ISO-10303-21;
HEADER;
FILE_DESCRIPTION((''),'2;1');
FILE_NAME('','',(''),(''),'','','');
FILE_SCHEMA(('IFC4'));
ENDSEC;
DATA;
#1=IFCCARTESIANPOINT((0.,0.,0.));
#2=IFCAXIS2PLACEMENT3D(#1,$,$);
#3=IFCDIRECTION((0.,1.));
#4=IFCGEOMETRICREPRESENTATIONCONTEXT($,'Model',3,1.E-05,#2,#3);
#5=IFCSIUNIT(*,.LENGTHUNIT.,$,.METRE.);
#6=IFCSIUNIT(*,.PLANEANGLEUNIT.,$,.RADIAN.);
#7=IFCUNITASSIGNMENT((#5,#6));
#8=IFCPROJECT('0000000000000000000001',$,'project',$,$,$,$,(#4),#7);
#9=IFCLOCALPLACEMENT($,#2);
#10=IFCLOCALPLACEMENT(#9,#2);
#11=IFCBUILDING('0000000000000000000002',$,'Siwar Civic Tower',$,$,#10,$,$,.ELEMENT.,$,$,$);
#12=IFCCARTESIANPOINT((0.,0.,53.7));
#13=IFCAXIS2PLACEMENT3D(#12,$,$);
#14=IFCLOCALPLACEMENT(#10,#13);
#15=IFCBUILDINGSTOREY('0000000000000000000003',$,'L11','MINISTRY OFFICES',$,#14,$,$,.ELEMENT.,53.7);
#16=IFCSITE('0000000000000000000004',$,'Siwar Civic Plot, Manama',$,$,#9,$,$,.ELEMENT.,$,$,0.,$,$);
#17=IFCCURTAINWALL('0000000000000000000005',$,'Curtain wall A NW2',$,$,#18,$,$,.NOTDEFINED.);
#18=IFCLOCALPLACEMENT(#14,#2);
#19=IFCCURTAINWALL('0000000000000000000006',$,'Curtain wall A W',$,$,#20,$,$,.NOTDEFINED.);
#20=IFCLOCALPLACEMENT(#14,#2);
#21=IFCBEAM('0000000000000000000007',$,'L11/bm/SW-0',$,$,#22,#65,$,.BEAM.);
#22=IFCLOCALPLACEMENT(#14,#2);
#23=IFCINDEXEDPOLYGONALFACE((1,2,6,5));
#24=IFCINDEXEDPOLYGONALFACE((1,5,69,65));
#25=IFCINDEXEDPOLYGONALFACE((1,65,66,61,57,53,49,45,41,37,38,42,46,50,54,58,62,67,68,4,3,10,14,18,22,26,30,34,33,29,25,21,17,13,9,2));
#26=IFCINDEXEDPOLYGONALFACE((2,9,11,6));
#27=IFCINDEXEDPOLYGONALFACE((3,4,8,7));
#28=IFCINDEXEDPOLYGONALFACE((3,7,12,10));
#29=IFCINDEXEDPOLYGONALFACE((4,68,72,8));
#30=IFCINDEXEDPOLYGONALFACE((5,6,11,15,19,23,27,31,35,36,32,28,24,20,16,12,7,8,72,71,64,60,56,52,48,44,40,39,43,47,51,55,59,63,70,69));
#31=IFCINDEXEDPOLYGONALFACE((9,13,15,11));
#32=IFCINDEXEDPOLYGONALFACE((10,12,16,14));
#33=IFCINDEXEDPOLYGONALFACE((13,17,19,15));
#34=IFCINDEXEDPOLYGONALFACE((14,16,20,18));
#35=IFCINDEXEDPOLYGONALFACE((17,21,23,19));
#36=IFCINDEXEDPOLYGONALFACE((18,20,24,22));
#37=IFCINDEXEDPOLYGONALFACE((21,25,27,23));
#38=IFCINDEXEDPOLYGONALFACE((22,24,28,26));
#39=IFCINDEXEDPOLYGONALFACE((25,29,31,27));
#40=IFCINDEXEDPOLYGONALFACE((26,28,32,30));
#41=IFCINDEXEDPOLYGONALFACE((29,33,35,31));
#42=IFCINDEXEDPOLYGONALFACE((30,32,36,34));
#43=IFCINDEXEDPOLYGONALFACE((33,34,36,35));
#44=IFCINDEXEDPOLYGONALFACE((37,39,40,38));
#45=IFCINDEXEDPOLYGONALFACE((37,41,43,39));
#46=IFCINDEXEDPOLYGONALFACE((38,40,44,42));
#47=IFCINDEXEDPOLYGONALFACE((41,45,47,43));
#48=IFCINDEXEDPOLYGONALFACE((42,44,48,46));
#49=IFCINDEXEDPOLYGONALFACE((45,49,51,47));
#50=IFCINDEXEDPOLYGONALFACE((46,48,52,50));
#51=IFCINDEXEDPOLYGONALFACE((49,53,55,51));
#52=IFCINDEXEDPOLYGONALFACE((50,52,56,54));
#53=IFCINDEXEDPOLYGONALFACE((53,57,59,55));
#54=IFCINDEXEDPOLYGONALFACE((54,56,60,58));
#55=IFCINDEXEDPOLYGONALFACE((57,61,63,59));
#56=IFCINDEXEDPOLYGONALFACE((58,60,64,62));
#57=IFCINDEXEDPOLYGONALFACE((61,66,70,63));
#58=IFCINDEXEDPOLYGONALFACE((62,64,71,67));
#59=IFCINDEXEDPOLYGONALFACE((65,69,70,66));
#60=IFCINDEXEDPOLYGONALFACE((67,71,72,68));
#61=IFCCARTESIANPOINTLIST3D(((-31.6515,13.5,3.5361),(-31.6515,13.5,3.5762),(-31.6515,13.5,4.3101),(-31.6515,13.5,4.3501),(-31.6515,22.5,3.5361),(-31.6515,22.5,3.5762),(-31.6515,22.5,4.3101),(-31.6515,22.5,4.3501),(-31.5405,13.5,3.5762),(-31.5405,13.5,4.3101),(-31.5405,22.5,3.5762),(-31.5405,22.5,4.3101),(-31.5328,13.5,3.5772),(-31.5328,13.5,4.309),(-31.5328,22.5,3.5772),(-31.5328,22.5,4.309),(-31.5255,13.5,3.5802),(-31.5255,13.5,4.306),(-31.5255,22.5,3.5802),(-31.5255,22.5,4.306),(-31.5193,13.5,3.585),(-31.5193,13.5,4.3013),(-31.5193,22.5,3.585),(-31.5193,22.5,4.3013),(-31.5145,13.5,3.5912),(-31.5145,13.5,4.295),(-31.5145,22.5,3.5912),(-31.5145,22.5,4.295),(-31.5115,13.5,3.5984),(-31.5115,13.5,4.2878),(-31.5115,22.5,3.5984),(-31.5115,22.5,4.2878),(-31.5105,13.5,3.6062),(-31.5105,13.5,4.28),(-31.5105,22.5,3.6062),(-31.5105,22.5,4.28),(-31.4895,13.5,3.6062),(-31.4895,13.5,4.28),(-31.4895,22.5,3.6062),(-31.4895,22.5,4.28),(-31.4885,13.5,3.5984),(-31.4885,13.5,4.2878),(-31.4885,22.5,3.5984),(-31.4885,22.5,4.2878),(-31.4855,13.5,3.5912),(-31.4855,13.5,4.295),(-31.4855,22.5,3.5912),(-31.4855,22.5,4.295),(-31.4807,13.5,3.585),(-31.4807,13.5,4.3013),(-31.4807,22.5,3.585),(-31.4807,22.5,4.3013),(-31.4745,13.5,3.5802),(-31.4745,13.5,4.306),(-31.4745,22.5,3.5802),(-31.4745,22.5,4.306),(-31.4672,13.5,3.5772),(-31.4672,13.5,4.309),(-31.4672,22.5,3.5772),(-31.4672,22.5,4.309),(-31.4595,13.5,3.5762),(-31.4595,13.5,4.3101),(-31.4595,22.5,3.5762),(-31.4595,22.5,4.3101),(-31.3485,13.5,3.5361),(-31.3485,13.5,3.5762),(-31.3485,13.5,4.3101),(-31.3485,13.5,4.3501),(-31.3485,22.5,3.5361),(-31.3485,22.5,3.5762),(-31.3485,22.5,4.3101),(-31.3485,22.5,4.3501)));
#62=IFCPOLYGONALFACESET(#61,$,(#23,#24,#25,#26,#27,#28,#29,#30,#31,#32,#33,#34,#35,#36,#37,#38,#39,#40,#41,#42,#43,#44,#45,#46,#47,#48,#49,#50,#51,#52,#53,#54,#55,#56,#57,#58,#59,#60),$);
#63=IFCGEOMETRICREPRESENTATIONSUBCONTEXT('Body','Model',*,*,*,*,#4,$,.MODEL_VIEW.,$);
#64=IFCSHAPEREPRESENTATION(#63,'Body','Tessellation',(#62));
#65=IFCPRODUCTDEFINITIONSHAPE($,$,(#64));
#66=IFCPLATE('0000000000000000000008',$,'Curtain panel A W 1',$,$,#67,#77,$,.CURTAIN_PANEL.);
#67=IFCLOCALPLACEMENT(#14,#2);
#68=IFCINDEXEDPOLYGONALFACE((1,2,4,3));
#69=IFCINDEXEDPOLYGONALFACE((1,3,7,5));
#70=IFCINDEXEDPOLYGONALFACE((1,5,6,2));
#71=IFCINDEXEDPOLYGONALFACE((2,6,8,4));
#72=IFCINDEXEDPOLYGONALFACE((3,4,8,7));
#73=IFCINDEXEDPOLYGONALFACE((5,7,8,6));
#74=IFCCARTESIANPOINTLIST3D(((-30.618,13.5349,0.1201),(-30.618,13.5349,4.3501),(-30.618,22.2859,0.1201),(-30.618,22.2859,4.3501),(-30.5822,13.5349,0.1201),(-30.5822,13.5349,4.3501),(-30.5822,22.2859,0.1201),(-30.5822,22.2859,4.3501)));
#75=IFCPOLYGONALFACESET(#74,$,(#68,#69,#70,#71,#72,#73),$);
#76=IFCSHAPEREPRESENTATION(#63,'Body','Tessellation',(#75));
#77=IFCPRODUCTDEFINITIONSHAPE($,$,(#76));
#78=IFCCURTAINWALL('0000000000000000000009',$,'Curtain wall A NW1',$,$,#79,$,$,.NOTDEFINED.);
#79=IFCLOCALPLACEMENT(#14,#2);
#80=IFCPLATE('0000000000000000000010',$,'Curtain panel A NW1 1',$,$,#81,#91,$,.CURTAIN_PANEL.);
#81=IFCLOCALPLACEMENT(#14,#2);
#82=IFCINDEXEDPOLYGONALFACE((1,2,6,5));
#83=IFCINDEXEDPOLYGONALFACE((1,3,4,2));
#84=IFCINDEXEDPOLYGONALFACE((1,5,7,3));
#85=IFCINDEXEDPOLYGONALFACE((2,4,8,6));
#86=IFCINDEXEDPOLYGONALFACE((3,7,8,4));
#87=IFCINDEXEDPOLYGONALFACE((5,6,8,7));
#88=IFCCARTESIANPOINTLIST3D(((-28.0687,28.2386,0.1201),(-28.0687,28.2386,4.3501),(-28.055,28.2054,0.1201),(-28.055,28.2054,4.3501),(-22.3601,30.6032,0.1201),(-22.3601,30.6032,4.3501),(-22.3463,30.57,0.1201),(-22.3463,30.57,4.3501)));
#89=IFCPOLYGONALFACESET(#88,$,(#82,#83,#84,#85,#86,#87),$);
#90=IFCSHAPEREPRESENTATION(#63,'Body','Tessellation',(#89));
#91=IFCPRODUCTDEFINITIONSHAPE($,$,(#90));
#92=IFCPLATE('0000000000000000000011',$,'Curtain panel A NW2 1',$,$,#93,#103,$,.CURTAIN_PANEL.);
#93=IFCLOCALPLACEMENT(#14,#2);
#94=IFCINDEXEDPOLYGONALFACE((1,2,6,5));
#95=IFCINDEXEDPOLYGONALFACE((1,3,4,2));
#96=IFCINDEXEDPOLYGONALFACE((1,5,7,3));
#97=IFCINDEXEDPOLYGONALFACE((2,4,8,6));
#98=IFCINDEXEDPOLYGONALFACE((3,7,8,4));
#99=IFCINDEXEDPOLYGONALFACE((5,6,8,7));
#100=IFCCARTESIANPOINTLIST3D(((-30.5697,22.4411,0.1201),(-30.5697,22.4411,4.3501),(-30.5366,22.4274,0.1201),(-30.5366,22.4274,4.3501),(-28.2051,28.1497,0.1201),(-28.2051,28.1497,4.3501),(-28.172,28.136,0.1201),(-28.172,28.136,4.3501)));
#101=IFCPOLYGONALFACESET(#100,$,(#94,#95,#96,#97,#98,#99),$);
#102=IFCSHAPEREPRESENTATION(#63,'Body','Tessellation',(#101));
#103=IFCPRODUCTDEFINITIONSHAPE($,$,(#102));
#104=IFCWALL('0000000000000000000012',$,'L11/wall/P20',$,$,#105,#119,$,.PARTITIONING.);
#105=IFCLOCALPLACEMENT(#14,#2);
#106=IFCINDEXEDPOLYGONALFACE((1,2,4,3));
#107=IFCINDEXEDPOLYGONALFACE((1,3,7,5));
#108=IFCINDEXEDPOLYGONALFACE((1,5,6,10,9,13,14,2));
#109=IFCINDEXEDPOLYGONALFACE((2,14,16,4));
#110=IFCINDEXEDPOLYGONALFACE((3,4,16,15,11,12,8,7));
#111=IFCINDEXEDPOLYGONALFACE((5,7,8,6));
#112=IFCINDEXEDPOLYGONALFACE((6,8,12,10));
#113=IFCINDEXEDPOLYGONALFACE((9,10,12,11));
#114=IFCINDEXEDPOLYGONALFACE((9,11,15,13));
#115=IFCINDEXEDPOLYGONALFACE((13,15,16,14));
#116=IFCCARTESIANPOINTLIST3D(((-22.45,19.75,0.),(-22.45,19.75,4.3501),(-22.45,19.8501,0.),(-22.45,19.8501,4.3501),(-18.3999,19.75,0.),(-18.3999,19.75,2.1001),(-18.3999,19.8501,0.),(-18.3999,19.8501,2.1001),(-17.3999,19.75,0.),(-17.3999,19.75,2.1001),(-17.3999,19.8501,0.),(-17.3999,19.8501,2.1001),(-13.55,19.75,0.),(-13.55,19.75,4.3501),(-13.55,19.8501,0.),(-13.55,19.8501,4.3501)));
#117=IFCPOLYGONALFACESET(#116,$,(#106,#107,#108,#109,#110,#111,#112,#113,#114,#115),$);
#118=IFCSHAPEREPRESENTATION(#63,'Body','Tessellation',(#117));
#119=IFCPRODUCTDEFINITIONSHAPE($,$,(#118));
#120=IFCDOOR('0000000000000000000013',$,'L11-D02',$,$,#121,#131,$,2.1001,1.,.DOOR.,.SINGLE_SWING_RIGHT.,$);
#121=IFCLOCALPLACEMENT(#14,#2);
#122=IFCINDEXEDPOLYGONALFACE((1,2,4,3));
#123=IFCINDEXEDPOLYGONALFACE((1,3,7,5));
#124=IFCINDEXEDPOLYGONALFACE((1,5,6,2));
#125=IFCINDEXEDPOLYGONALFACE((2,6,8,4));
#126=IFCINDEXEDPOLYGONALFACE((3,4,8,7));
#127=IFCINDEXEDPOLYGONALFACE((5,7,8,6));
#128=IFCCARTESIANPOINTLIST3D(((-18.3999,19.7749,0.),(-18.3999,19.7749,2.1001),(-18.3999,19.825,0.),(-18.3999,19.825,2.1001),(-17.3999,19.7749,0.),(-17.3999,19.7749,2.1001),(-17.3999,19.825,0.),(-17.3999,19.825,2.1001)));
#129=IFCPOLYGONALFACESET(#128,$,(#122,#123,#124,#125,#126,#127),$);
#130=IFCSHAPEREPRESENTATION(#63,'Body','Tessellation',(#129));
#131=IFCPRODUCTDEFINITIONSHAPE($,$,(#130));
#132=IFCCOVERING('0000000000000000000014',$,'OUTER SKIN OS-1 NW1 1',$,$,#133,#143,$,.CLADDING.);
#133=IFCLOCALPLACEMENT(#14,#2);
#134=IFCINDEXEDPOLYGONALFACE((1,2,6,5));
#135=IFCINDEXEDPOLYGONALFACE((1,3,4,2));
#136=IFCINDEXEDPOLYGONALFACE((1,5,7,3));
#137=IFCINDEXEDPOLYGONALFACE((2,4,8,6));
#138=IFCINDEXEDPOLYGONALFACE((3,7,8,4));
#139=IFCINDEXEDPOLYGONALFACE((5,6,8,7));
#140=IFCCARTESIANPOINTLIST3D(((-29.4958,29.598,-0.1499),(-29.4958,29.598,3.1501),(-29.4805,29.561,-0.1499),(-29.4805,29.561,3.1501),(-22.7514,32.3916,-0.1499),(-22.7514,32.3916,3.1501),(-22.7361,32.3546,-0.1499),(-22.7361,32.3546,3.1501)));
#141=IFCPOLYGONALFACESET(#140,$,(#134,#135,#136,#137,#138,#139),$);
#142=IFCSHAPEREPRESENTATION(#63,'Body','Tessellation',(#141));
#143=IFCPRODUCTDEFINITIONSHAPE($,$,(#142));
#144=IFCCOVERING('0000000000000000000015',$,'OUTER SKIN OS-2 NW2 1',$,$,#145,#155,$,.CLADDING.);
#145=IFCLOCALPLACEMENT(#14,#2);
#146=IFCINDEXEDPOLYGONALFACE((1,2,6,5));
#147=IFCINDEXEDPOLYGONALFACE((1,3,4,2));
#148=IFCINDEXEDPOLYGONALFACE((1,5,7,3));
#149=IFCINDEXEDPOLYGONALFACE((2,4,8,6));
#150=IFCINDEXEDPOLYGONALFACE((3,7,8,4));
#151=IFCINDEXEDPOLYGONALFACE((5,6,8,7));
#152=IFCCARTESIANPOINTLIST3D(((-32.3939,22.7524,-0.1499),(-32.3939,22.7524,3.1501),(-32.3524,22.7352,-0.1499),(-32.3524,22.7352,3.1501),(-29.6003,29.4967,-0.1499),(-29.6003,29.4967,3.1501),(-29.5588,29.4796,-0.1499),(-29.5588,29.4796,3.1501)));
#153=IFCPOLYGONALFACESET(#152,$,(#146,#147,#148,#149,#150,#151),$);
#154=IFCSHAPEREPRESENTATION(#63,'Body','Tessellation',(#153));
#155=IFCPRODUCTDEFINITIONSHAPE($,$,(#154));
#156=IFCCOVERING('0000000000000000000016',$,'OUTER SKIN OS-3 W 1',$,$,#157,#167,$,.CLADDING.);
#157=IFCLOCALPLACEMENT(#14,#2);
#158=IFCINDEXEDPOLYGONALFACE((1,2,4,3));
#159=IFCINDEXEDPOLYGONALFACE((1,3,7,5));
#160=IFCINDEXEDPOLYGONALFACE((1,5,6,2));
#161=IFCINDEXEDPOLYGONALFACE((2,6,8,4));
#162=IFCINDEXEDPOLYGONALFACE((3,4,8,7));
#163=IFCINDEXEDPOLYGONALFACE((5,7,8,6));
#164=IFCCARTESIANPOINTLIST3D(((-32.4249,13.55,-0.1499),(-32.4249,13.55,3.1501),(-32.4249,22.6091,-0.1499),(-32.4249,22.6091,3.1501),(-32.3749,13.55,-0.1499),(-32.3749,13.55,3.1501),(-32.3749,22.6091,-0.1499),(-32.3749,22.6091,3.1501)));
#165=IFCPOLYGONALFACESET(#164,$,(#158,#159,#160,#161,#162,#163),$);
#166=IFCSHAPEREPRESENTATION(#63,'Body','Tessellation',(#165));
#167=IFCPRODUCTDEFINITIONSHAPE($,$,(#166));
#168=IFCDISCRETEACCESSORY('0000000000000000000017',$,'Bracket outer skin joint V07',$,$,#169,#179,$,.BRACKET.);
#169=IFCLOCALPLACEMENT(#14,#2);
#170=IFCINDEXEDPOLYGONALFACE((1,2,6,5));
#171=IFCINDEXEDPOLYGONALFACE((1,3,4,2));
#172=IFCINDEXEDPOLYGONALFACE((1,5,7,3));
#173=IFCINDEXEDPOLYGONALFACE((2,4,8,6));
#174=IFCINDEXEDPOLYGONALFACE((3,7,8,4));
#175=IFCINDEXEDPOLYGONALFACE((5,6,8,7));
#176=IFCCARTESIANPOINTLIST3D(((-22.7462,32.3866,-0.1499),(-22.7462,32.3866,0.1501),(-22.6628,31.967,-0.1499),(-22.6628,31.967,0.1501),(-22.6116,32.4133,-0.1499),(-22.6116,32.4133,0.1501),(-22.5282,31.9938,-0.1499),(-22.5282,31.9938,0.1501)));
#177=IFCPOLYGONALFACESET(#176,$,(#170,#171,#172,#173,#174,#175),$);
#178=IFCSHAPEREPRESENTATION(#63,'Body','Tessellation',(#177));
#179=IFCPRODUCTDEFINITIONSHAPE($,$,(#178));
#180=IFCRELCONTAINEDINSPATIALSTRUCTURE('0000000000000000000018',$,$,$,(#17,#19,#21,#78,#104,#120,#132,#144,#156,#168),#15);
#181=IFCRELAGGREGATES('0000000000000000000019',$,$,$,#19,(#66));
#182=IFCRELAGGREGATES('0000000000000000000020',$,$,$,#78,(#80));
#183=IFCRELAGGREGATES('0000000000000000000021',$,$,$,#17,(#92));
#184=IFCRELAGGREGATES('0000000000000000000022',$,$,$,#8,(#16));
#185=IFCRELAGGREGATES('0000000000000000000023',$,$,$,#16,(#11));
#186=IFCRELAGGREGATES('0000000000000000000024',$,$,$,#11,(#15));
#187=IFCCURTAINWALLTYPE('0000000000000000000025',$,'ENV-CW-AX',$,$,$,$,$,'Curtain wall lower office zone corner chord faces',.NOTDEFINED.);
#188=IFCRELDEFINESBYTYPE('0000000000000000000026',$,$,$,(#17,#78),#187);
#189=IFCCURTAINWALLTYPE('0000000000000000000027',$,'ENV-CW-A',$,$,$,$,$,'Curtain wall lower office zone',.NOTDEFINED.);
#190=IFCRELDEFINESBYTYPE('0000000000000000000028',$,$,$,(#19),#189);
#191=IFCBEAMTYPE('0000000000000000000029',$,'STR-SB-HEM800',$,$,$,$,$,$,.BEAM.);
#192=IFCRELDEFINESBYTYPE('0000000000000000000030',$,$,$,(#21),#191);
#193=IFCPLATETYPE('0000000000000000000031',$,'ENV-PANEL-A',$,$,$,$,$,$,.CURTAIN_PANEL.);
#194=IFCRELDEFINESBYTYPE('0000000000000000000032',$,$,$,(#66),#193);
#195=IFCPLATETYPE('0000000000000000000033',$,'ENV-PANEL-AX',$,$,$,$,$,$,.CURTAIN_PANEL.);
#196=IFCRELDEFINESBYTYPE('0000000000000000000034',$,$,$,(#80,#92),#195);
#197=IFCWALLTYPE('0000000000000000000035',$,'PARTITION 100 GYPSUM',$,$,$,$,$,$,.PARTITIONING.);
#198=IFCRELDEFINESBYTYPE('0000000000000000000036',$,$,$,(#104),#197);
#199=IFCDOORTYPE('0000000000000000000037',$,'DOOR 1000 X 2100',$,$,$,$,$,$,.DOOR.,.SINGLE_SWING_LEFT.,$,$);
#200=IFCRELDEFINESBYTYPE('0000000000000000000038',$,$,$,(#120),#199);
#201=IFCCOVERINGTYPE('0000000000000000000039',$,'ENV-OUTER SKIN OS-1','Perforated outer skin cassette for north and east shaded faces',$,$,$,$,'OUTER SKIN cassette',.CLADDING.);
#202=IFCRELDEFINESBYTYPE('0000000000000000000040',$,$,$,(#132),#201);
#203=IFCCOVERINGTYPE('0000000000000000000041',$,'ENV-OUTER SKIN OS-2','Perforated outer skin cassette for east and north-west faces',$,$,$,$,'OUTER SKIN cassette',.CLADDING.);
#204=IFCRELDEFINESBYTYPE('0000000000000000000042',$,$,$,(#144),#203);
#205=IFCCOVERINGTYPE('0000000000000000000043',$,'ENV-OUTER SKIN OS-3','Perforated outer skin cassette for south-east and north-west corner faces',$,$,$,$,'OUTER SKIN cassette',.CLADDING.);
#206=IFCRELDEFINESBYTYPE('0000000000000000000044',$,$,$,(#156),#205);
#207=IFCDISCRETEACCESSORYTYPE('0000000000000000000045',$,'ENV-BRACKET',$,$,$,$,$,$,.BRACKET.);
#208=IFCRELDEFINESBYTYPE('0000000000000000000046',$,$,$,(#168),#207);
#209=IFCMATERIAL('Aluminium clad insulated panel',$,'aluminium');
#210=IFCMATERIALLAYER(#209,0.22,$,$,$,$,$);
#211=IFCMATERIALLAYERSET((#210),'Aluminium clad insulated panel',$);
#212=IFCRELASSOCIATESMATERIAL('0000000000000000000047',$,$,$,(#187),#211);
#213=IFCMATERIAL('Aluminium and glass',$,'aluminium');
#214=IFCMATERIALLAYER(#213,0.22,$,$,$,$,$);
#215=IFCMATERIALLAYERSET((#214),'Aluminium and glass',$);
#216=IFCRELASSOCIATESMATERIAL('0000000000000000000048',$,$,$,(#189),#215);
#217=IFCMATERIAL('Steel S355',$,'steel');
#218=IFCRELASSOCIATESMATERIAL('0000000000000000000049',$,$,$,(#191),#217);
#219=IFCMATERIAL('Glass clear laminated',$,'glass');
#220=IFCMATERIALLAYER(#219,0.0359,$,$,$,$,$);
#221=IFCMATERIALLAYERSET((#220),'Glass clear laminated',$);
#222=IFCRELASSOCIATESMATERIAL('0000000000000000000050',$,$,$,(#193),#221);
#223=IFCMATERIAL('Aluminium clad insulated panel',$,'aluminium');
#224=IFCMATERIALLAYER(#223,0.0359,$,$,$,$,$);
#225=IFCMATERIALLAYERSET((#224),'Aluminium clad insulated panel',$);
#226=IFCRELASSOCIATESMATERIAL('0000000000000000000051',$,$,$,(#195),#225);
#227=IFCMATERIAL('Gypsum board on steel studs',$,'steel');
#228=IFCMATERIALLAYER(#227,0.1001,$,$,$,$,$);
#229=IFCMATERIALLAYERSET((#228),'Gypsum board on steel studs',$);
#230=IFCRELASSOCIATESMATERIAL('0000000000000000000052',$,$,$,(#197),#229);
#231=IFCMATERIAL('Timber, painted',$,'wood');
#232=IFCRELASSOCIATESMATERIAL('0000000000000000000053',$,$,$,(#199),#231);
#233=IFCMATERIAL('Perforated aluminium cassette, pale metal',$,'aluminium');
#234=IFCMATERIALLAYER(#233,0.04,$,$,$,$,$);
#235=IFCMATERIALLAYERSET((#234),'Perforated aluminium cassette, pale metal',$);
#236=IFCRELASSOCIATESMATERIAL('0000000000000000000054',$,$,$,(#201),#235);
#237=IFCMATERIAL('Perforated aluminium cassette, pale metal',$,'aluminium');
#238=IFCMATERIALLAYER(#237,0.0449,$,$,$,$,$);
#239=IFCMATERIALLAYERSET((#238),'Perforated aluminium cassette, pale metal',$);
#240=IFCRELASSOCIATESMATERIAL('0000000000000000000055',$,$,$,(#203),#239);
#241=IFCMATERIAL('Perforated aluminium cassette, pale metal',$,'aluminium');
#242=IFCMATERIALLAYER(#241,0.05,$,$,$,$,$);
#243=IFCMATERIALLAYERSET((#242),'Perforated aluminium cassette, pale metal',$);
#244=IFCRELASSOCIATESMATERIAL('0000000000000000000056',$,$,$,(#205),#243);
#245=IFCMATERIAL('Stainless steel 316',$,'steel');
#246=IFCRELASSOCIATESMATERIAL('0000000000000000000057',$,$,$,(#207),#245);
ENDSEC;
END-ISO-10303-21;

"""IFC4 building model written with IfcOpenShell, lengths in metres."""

from ifc_helpers import new_model, si_unit, direction, frame, frame_2d, origin, origin_2d, place, context, subcontext, project, spatial, rectangle, i_section, extrude, material, layer, layer_set, material_profile, profile_set, type_object, element, fill, aggregate, save


model = new_model("IFC4")

# Units and contexts
model_context = context("Model", 3, precision=1e-05, world=origin(), true_north=direction((0.0, 1.0)))
body_context = subcontext(model_context, "Body", "Model", "MODEL_VIEW")
ifc_project = project(units=[si_unit("LENGTHUNIT", "METRE"), si_unit("PLANEANGLEUNIT", "RADIAN")], contexts=[model_context])

# Site, building, storey
site_placement = place(None, origin())
site = spatial("IfcSite", under=ifc_project, at=site_placement, Name="Siwar Civic Plot, Manama", CompositionType="ELEMENT", RefElevation=0.0)
building_placement = place(site_placement, origin())
building = spatial("IfcBuilding", under=site, at=building_placement, Name="Siwar Civic Tower", CompositionType="ELEMENT")
storey_placement = place(building_placement, frame((0.0, 0.0, 53.7)))
storey = spatial("IfcBuildingStorey", under=building, at=storey_placement, Name="L11", Description="MINISTRY OFFICES", CompositionType="ELEMENT", Elevation=53.7)

# Curtain walls
ifc_material_1 = material(Name="Aluminium clad insulated panel", Category="aluminium")
ifc_layer_1 = layer(ifc_material_1, 0.22)
ifc_layer_set_1 = layer_set([ifc_layer_1], Name="Aluminium clad insulated panel")
curtain_wall_type_1 = type_object("IfcCurtainWallType", Name="ENV-CW-AX", ElementType="Curtain wall lower office zone corner chord faces", PredefinedType="NOTDEFINED", material=ifc_layer_set_1)
curtain_wall_1_placement = place(storey_placement, origin())
curtain_wall_1 = element("IfcCurtainWall", 1, at=curtain_wall_1_placement, inside=storey, type_object=curtain_wall_type_1, Name="Curtain wall A NW2", PredefinedType="NOTDEFINED")
ifc_material_2 = material(Name="Aluminium and glass", Category="aluminium")
ifc_layer_2 = layer(ifc_material_2, 0.22)
ifc_layer_set_2 = layer_set([ifc_layer_2], Name="Aluminium and glass")
curtain_wall_type_2 = type_object("IfcCurtainWallType", Name="ENV-CW-A", ElementType="Curtain wall lower office zone", PredefinedType="NOTDEFINED", material=ifc_layer_set_2)
curtain_wall_2_placement = place(storey_placement, origin())
curtain_wall_2 = element("IfcCurtainWall", 2, at=curtain_wall_2_placement, inside=storey, type_object=curtain_wall_type_2, Name="Curtain wall A W", PredefinedType="NOTDEFINED")

# Beam
ifc_material_3 = material(Name="Steel S355", Category="steel")
ifc_material_profile_1 = material_profile(ifc_material_3, i_section(OverallWidth=0.303, OverallDepth=0.814, WebThickness=0.021, FlangeThickness=0.04, FilletRadius=0.03, at=origin_2d()), Name="HEM800")
ifc_profile_set_1 = profile_set([ifc_material_profile_1], Name="Steel S355")
beam_type_1 = type_object("IfcBeamType", Name="STR-SB-HEM800", PredefinedType="BEAM", material=ifc_profile_set_1)
beam_1_placement = place(storey_placement, frame((-31.5, 22.5, 3.9431), z_axis=(0.0, -1.0, 0.0), x_axis=(1.0, 0.0, 0.0)))
element("IfcBeam", 3, at=beam_1_placement, inside=storey, type_object=beam_type_1, Name="L11/bm/SW-0", PredefinedType="BEAM", context=body_context, shape_type="SweptSolid", body=[
    extrude(i_section(OverallWidth=0.303, OverallDepth=0.814, WebThickness=0.021, FlangeThickness=0.04, FilletRadius=0.03, at=origin_2d()), origin(), (0.0, 0.0, 1.0), 9.0),
])

# Plate
ifc_material_4 = material(Name="Glass clear laminated", Category="glass")
ifc_layer_3 = layer(ifc_material_4, 0.0359)
ifc_layer_set_3 = layer_set([ifc_layer_3], Name="Glass clear laminated")
plate_type_1 = type_object("IfcPlateType", Name="ENV-PANEL-A", PredefinedType="CURTAIN_PANEL", material=ifc_layer_set_3)
plate_1_placement = place(storey_placement, frame((-30.6001, 17.9104, 0.1201), z_axis=(0.0, 0.0, 1.0), x_axis=(0.0, -1.0, 0.0)))
plate_1 = element("IfcPlate", 4, at=plate_1_placement, type_object=plate_type_1, Name="Curtain panel A W 1", PredefinedType="CURTAIN_PANEL", context=body_context, shape_type="SweptSolid", body=[
    extrude(rectangle(XDim=8.751, YDim=0.0359, at=origin_2d()), origin(), (0.0, 0.0, 1.0), 4.23),
])
aggregate(curtain_wall_2, [plate_1])

# Curtain wall, plate
curtain_wall_3_placement = place(storey_placement, origin())
curtain_wall_3 = element("IfcCurtainWall", 5, at=curtain_wall_3_placement, inside=storey, type_object=curtain_wall_type_1, Name="Curtain wall A NW1", PredefinedType="NOTDEFINED")
ifc_material_5 = material(Name="Aluminium clad insulated panel", Category="aluminium")
ifc_layer_4 = layer(ifc_material_5, 0.0359)
ifc_layer_set_4 = layer_set([ifc_layer_4], Name="Aluminium clad insulated panel")
plate_type_2 = type_object("IfcPlateType", Name="ENV-PANEL-AX", PredefinedType="CURTAIN_PANEL", material=ifc_layer_set_4)
plate_2_placement = place(storey_placement, frame((-25.2075, 29.4043, 0.1201), z_axis=(0.0, 0.0, 1.0), x_axis=(-0.92388, -0.382683, 0.0)))
plate_2 = element("IfcPlate", 6, at=plate_2_placement, type_object=plate_type_2, Name="Curtain panel A NW1 1", PredefinedType="CURTAIN_PANEL", context=body_context, shape_type="SweptSolid", body=[
    extrude(rectangle(XDim=6.179, YDim=0.0359, at=origin_2d()), origin(), (0.0, 0.0, 1.0), 4.23),
])
aggregate(curtain_wall_3, [plate_2])

# Plate
plate_3_placement = place(storey_placement, frame((-29.3708, 25.2886, 0.1201), z_axis=(0.0, 0.0, 1.0), x_axis=(-0.382683, -0.92388, 0.0)))
plate_3 = element("IfcPlate", 7, at=plate_3_placement, type_object=plate_type_2, Name="Curtain panel A NW2 1", PredefinedType="CURTAIN_PANEL", context=body_context, shape_type="SweptSolid", body=[
    extrude(rectangle(XDim=6.179, YDim=0.0359, at=origin_2d()), origin(), (0.0, 0.0, 1.0), 4.23),
])
aggregate(curtain_wall_1, [plate_3])

# Wall, opening, door
ifc_material_6 = material(Name="Gypsum board on steel studs", Category="steel")
ifc_layer_5 = layer(ifc_material_6, 0.1001)
ifc_layer_set_5 = layer_set([ifc_layer_5], Name="Gypsum board on steel studs")
wall_type = type_object("IfcWallType", Name="PARTITION 100 GYPSUM", PredefinedType="PARTITIONING", material=ifc_layer_set_5)
wall_placement = place(storey_placement, frame((-22.45, 19.8, 0.0), z_axis=(0.0, 0.0, 1.0), x_axis=(1.0, 0.0, 0.0)))
wall = element("IfcWall", 8, at=wall_placement, inside=storey, type_object=wall_type, Name="L11/wall/P20", PredefinedType="PARTITIONING", context=body_context, shape_type="SweptSolid", body=[
    extrude(rectangle(XDim=8.8999, YDim=0.1001, at=frame_2d((4.45, 0.0))), origin(), (0.0, 0.0, 1.0), 4.3501),
])
opening_placement = place(wall_placement, frame((4.05, 0.0, 0.0)))
opening = element("IfcOpeningElement", 9, at=opening_placement, cuts=wall, PredefinedType="OPENING", context=body_context, shape_type="SweptSolid", body=[
    extrude(rectangle(XDim=1.0, YDim=2.1001, at=frame_2d((0.5, 1.05))), frame((0.0, 0.0601, 0.0), z_axis=(0.0, -1.0, 0.0), x_axis=(1.0, 0.0, 0.0)), (0.0, 0.0, 1.0), 0.1201),
])
ifc_material_7 = material(Name="Timber, painted", Category="wood")
door_type = type_object("IfcDoorType", Name="DOOR 1000 X 2100", OperationType="SINGLE_SWING_LEFT", PredefinedType="DOOR", material=ifc_material_7)
door_placement = place(opening_placement, origin())
door = element("IfcDoor", 10, at=door_placement, inside=storey, type_object=door_type, Name="L11-D02", OperationType="SINGLE_SWING_RIGHT", OverallHeight=2.1001, OverallWidth=1.0, PredefinedType="DOOR", context=body_context, shape_type="SweptSolid", body=[
    extrude(rectangle(XDim=1.0, YDim=2.1001, at=frame_2d((0.5, 1.05))), frame((0.0, 0.0249, 0.0), z_axis=(0.0, -1.0, 0.0), x_axis=(1.0, 0.0, 0.0)), (0.0, 0.0, 1.0), 0.05),
])
fill(opening, door)

# Coverings
ifc_material_8 = material(Name="Perforated aluminium cassette, pale metal", Category="aluminium")
ifc_layer_6 = layer(ifc_material_8, 0.04)
ifc_layer_set_6 = layer_set([ifc_layer_6], Name="Perforated aluminium cassette, pale metal")
covering_type_1 = type_object("IfcCoveringType", Name="ENV-OUTER SKIN OS-1", Description="Perforated outer skin cassette for north and east shaded faces", ElementType="OUTER SKIN cassette", PredefinedType="CLADDING", material=ifc_layer_set_6)
covering_1_placement = place(storey_placement, frame((-26.116, 30.9763, -0.1499), z_axis=(0.0, 0.0, 1.0), x_axis=(-0.92388, -0.382683, 0.0)))
element("IfcCovering", 11, at=covering_1_placement, inside=storey, type_object=covering_type_1, Name="OUTER SKIN OS-1 NW1 1", PredefinedType="CLADDING", context=body_context, shape_type="SweptSolid", body=[
    extrude(rectangle(XDim=7.3, YDim=0.04, at=origin_2d()), origin(), (0.0, 0.0, 1.0), 3.3),
])
ifc_material_9 = material(Name="Perforated aluminium cassette, pale metal", Category="aluminium")
ifc_layer_7 = layer(ifc_material_9, 0.0449)
ifc_layer_set_7 = layer_set([ifc_layer_7], Name="Perforated aluminium cassette, pale metal")
covering_type_2 = type_object("IfcCoveringType", Name="ENV-OUTER SKIN OS-2", Description="Perforated outer skin cassette for east and north-west faces", ElementType="OUTER SKIN cassette", PredefinedType="CLADDING", material=ifc_layer_set_7)
covering_2_placement = place(storey_placement, frame((-30.9763, 26.116, -0.1499), z_axis=(0.0, 0.0, 1.0), x_axis=(-0.382683, -0.92388, 0.0)))
element("IfcCovering", 12, at=covering_2_placement, inside=storey, type_object=covering_type_2, Name="OUTER SKIN OS-2 NW2 1", PredefinedType="CLADDING", context=body_context, shape_type="SweptSolid", body=[
    extrude(rectangle(XDim=7.3, YDim=0.0449, at=origin_2d()), origin(), (0.0, 0.0, 1.0), 3.3),
])
ifc_material_10 = material(Name="Perforated aluminium cassette, pale metal", Category="aluminium")
ifc_layer_8 = layer(ifc_material_10, 0.05)
ifc_layer_set_8 = layer_set([ifc_layer_8], Name="Perforated aluminium cassette, pale metal")
covering_type_3 = type_object("IfcCoveringType", Name="ENV-OUTER SKIN OS-3", Description="Perforated outer skin cassette for south-east and north-west corner faces", ElementType="OUTER SKIN cassette", PredefinedType="CLADDING", material=ifc_layer_set_8)
covering_3_placement = place(storey_placement, frame((-32.3999, 18.0796, -0.1499), z_axis=(0.0, 0.0, 1.0), x_axis=(0.0, -1.0, 0.0)))
element("IfcCovering", 13, at=covering_3_placement, inside=storey, type_object=covering_type_3, Name="OUTER SKIN OS-3 W 1", PredefinedType="CLADDING", context=body_context, shape_type="SweptSolid", body=[
    extrude(rectangle(XDim=9.0591, YDim=0.05, at=origin_2d()), origin(), (0.0, 0.0, 1.0), 3.3),
])

# Discrete accessory
ifc_material_11 = material(Name="Stainless steel 316", Category="steel")
discrete_accessory_type = type_object("IfcDiscreteAccessoryType", Name="ENV-BRACKET", PredefinedType="BRACKET", material=ifc_material_11)
discrete_accessory_1_placement = place(storey_placement, frame((-22.6372, 32.1902, -0.1499), z_axis=(0.0, 0.0, 1.0), x_axis=(-0.19509, 0.980785, 0.0)))
element("IfcDiscreteAccessory", 14, at=discrete_accessory_1_placement, inside=storey, type_object=discrete_accessory_type, Name="Bracket outer skin joint V07", PredefinedType="BRACKET", context=body_context, shape_type="SweptSolid", body=[
    extrude(rectangle(XDim=0.4277, YDim=0.1372, at=origin_2d()), origin(), (0.0, 0.0, 1.0), 0.3),
])

save(model, "model.ifc")
